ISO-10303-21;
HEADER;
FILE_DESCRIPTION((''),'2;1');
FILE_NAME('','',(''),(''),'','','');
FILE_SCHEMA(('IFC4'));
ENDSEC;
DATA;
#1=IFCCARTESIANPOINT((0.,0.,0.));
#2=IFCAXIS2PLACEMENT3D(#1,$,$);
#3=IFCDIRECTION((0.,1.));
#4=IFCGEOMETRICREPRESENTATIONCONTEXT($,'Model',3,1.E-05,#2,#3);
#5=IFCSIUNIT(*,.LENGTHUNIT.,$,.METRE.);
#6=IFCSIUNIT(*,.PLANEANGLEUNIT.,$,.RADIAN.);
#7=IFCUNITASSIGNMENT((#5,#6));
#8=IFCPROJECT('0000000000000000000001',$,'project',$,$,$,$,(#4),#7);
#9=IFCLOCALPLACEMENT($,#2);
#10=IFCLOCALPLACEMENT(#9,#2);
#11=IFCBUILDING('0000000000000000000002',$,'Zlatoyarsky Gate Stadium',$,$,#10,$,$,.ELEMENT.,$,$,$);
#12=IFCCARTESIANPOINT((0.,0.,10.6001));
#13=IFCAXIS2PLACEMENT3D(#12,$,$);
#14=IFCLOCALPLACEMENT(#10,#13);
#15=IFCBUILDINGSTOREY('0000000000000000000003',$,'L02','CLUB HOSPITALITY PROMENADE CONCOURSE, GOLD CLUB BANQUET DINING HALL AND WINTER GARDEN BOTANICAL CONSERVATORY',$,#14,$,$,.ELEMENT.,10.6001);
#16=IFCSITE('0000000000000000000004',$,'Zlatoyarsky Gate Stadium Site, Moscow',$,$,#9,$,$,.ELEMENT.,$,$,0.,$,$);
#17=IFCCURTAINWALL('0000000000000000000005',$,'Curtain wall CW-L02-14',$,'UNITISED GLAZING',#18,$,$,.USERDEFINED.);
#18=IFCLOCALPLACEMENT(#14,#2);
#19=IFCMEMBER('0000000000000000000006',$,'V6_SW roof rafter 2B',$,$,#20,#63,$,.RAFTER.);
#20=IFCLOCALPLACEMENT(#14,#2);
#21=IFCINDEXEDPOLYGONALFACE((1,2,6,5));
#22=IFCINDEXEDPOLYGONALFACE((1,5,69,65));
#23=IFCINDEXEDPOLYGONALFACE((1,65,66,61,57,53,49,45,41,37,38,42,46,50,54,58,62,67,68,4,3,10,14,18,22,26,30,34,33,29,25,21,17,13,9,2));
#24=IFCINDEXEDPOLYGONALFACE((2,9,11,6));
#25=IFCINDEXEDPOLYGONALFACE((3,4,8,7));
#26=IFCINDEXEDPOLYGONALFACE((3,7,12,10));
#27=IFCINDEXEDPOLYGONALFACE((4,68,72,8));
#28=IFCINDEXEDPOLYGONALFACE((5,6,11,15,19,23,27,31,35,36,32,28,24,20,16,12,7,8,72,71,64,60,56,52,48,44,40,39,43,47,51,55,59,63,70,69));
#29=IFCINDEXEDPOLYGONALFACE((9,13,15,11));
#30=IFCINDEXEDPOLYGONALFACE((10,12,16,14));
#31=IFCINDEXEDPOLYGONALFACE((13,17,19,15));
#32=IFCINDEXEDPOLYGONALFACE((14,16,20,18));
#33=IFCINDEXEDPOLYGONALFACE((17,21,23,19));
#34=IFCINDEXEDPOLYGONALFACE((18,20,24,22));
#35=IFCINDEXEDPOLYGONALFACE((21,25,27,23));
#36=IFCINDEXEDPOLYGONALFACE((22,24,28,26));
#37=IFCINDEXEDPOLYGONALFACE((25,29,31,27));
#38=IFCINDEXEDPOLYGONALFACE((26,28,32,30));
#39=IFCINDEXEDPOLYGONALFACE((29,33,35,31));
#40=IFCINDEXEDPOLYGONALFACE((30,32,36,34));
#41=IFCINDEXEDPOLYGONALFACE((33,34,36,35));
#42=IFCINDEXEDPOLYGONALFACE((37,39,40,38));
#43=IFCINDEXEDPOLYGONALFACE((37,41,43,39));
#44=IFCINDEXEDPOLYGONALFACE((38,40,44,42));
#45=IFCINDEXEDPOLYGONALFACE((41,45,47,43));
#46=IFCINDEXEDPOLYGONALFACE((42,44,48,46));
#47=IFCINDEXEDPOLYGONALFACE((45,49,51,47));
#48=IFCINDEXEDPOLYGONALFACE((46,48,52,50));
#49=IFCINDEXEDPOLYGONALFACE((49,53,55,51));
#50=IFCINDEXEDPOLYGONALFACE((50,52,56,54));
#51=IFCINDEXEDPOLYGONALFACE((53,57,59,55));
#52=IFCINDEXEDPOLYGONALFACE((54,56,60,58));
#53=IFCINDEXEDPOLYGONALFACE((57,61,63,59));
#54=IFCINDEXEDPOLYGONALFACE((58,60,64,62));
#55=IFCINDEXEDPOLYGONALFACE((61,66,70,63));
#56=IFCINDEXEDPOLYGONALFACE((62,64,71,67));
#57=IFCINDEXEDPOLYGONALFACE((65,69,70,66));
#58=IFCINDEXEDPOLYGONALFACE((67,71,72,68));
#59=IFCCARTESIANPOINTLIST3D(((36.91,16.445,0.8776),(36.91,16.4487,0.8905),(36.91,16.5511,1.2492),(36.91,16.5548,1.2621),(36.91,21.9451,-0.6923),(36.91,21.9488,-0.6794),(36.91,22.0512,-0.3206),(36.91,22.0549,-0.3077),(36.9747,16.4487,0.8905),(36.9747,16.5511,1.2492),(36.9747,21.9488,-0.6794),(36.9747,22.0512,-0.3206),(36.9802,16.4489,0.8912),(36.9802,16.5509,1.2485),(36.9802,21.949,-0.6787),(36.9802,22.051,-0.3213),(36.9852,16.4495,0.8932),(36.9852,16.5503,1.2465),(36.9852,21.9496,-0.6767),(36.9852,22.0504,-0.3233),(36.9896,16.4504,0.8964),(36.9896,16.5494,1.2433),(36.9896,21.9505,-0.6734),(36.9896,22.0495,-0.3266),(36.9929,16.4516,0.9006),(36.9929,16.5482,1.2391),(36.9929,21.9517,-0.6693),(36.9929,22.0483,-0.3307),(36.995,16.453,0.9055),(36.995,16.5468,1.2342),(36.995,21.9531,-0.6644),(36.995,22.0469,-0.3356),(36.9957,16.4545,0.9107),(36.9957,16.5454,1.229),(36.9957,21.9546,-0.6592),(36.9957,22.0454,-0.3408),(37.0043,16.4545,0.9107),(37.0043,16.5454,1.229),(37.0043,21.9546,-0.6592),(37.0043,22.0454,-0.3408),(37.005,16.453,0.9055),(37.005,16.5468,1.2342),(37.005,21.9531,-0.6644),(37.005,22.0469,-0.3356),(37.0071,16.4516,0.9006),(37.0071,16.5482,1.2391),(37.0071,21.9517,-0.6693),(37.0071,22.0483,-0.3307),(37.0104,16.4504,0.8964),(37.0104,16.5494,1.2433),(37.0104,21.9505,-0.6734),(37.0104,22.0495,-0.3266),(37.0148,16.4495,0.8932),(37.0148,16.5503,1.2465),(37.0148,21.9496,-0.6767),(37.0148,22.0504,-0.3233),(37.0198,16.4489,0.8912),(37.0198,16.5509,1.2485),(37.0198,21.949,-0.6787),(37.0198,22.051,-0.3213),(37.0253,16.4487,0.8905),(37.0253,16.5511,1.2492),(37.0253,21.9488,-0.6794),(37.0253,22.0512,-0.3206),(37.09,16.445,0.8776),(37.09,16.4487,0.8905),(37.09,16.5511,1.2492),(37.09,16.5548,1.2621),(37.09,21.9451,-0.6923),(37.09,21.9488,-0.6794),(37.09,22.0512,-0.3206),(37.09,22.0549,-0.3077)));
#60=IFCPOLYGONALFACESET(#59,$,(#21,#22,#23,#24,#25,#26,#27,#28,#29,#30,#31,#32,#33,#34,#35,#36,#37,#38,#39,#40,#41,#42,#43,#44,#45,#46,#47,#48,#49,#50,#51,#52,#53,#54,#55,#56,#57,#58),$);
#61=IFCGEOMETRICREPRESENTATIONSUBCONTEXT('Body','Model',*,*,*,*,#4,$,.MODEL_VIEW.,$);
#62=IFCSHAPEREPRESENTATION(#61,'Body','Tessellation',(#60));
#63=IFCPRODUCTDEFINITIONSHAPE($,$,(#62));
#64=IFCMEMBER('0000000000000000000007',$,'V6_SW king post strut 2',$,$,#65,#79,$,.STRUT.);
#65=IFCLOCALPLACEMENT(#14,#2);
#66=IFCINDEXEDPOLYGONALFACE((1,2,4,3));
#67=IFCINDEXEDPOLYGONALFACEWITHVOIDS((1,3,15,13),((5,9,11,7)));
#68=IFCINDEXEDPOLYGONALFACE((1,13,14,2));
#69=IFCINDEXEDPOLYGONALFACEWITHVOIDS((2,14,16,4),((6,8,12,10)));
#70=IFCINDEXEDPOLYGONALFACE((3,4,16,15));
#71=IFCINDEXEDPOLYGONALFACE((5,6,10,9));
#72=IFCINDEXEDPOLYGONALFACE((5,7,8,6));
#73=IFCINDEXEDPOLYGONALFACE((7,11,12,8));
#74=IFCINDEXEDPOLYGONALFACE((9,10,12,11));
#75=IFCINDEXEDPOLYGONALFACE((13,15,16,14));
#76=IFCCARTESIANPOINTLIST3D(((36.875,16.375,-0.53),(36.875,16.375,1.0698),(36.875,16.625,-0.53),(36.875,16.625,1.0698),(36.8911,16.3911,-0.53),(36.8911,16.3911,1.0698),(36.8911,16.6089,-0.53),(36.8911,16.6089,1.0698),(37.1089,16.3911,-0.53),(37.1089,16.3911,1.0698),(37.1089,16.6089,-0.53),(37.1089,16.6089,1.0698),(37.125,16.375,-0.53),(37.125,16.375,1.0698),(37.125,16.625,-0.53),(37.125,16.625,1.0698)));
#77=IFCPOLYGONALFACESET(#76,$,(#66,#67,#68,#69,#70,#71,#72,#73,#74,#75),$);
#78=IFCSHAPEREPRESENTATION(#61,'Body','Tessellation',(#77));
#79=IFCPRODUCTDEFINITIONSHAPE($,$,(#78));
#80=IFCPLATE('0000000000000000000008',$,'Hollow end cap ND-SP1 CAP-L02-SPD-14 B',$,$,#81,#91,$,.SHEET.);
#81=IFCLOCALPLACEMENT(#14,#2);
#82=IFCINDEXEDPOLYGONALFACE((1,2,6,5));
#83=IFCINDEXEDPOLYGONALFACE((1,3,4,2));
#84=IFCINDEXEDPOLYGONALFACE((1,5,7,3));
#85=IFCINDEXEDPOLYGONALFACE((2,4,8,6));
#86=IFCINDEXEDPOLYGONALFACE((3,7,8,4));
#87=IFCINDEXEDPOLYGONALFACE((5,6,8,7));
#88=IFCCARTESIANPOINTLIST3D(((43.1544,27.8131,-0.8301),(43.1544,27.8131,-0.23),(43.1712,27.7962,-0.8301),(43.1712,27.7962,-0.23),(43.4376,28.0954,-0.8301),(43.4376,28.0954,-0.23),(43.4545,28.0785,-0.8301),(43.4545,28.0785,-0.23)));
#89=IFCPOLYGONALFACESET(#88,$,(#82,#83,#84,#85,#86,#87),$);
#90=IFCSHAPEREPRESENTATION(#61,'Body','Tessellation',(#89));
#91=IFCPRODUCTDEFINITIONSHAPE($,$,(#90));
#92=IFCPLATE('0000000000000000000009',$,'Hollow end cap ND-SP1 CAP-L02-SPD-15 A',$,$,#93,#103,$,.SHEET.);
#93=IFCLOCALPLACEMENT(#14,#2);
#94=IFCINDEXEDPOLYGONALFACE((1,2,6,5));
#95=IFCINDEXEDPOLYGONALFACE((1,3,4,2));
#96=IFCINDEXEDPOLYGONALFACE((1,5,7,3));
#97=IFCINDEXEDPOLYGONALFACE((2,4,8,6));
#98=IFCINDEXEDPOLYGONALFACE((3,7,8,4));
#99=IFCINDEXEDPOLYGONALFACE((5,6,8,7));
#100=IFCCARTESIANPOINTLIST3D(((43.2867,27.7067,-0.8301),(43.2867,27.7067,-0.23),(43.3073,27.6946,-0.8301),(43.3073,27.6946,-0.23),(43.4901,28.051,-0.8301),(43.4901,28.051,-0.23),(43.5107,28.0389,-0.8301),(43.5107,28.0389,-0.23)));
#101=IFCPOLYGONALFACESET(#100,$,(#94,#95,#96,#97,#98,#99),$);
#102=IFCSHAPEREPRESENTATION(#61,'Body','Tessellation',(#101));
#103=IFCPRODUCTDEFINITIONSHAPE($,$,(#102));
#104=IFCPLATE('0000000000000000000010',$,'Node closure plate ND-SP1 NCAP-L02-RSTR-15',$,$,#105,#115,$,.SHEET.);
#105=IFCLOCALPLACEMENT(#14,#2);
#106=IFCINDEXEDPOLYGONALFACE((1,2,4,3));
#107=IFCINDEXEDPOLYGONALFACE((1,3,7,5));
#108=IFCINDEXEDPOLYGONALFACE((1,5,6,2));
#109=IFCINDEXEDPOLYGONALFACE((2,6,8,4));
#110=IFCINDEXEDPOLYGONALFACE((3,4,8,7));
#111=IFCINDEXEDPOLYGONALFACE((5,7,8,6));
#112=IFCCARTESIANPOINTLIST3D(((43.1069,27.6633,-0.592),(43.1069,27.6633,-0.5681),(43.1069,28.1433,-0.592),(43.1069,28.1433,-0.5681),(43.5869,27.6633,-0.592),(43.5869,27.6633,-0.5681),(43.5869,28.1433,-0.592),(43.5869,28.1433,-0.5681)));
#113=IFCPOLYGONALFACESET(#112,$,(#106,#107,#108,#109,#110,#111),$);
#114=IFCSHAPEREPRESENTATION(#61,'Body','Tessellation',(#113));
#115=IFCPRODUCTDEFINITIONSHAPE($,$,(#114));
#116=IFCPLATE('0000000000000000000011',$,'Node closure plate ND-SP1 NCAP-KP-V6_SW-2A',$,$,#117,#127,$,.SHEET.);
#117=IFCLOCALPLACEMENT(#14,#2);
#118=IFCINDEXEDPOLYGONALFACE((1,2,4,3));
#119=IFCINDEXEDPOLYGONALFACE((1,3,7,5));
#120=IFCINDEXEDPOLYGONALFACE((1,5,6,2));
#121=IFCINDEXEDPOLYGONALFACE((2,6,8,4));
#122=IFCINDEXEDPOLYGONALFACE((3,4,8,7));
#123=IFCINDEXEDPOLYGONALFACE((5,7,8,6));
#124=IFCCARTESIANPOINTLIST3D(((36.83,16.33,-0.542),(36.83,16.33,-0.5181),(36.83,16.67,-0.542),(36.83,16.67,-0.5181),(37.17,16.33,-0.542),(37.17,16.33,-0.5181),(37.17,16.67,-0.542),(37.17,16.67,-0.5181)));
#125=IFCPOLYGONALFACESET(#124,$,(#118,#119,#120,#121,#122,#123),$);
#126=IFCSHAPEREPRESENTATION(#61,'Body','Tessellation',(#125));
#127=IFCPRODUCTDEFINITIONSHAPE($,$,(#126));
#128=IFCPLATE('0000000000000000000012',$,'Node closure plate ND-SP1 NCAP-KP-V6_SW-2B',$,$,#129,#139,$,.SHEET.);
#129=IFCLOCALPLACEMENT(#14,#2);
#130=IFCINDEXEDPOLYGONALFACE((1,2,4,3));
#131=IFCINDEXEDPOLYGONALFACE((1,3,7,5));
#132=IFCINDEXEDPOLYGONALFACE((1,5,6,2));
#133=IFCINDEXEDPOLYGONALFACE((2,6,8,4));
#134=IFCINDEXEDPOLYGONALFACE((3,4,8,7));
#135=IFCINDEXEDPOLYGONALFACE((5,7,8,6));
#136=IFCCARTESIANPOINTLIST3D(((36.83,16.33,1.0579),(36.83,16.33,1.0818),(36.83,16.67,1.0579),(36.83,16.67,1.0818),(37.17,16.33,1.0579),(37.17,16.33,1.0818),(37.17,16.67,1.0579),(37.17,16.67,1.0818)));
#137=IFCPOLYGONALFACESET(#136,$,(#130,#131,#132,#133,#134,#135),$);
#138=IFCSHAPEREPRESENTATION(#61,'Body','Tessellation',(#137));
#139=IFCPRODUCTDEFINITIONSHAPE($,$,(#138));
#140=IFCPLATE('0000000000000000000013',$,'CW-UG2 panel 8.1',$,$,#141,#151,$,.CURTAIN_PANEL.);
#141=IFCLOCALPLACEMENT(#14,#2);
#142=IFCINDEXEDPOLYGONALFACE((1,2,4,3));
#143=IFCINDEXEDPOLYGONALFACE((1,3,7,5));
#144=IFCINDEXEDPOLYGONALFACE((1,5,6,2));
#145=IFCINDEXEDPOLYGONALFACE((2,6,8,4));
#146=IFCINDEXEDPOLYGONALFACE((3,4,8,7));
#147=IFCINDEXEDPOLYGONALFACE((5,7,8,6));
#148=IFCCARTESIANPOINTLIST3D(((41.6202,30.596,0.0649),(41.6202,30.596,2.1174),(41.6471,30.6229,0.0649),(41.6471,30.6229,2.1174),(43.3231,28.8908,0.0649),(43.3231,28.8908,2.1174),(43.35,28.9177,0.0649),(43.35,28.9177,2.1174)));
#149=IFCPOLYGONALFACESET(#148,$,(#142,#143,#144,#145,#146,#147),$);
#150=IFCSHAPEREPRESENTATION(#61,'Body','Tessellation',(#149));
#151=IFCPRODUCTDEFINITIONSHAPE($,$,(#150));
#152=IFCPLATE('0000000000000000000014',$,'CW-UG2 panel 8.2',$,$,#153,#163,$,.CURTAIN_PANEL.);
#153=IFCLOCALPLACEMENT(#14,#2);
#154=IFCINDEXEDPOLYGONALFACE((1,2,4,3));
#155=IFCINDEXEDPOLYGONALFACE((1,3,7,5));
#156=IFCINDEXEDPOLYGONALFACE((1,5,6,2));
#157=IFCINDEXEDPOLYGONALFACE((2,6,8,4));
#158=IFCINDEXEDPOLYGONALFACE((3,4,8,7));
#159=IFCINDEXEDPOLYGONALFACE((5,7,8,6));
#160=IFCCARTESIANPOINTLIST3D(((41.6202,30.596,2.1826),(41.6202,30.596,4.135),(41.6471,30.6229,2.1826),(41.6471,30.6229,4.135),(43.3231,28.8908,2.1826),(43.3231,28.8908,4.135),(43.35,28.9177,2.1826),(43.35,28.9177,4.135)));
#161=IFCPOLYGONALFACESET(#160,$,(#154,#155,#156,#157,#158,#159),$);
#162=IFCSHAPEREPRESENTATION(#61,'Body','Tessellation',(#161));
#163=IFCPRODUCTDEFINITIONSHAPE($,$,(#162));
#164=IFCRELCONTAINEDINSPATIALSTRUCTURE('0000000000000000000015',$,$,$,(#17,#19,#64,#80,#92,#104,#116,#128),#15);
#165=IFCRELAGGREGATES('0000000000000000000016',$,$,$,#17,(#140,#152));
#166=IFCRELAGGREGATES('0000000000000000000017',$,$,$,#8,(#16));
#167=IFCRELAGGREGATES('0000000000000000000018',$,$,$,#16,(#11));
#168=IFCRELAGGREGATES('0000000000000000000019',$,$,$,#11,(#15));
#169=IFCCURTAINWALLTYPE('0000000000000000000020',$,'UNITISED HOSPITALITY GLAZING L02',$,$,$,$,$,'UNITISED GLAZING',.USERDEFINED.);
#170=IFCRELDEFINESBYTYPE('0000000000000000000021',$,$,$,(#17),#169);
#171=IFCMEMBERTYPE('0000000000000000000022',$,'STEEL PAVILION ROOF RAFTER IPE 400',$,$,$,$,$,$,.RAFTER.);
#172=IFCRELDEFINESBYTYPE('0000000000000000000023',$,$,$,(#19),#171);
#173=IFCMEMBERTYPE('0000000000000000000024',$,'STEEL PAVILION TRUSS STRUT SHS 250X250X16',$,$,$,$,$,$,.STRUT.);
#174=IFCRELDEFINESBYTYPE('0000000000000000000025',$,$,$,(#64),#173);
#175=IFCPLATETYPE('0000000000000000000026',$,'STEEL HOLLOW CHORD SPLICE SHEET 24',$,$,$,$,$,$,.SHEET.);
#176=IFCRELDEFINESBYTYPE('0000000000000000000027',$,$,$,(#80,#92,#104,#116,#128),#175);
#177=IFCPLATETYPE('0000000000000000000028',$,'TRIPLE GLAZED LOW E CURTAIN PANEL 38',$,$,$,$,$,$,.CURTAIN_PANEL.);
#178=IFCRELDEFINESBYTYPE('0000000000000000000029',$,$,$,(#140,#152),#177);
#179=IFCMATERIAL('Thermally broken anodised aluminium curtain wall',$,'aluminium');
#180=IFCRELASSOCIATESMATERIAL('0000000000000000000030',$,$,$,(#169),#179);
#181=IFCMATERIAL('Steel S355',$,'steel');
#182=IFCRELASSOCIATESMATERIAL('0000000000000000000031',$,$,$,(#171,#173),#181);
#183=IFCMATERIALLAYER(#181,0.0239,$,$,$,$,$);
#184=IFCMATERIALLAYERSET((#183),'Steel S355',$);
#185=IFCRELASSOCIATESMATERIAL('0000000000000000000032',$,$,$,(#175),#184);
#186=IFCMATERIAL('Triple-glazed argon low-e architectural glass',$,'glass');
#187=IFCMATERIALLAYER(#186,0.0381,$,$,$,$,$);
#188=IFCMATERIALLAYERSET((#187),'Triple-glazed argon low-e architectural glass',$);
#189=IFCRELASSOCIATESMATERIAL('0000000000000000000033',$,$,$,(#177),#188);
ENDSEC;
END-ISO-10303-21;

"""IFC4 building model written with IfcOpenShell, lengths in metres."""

from ifc_helpers import new_model, si_unit, direction, frame, origin, origin_2d, place, context, subcontext, project, spatial, rectangle, hollow_rectangle, i_section, extrude, material, layer, layer_set, material_profile, profile_set, type_object, element, aggregate, save


model = new_model("IFC4")

# Units and contexts
model_context = context("Model", 3, precision=1e-05, world=origin(), true_north=direction((0.0, 1.0)))
body_context = subcontext(model_context, "Body", "Model", "MODEL_VIEW")
ifc_project = project(units=[si_unit("LENGTHUNIT", "METRE"), si_unit("PLANEANGLEUNIT", "RADIAN")], contexts=[model_context])

# Site, building, storey
site_placement = place(None, origin())
site = spatial("IfcSite", under=ifc_project, at=site_placement, Name="Zlatoyarsky Gate Stadium Site, Moscow", CompositionType="ELEMENT", RefElevation=0.0)
building_placement = place(site_placement, origin())
building = spatial("IfcBuilding", under=site, at=building_placement, Name="Zlatoyarsky Gate Stadium", CompositionType="ELEMENT")
storey_placement = place(building_placement, frame((0.0, 0.0, 10.6001)))
storey = spatial("IfcBuildingStorey", under=building, at=storey_placement, Name="L02", Description="CLUB HOSPITALITY PROMENADE CONCOURSE, GOLD CLUB BANQUET DINING HALL AND WINTER GARDEN BOTANICAL CONSERVATORY", CompositionType="ELEMENT", Elevation=10.6001)

# Curtain wall
ifc_material_1 = material(Name="Thermally broken anodised aluminium curtain wall", Category="aluminium")
curtain_wall_type = type_object("IfcCurtainWallType", Name="UNITISED HOSPITALITY GLAZING L02", ElementType="UNITISED GLAZING", PredefinedType="USERDEFINED", material=ifc_material_1)
curtain_wall_1_placement = place(storey_placement, origin())
curtain_wall_1 = element("IfcCurtainWall", 1, at=curtain_wall_1_placement, inside=storey, type_object=curtain_wall_type, Name="Curtain wall CW-L02-14", ObjectType="UNITISED GLAZING", PredefinedType="USERDEFINED")

# Shared definitions
ifc_material_2 = material(Name="Steel S355", Category="steel")

# Members
ifc_material_profile_1 = material_profile(ifc_material_2, i_section(OverallWidth=0.1799, OverallDepth=0.3999, WebThickness=0.0085, FlangeThickness=0.0134, FilletRadius=0.021, at=origin_2d()), Name="IPE 400")
ifc_profile_set_1 = profile_set([ifc_material_profile_1], Name="Steel S355")
member_type_1 = type_object("IfcMemberType", Name="STEEL PAVILION ROOF RAFTER IPE 400", PredefinedType="RAFTER", material=ifc_profile_set_1)
for number, where, z_axis, x_axis, name in (
    (2, (37.0, 22.0, -0.5), (0.0, -0.961598, 0.274462), (1.0, 0.0, 0.0), "V6_SW roof rafter 2B"),
):
    element("IfcMember", number, at=place(storey_placement, frame(where, z_axis=z_axis, x_axis=x_axis)), inside=storey, type_object=member_type_1, Name=name, PredefinedType="RAFTER", context=body_context, shape_type="SweptSolid", body=[
        extrude(i_section(OverallWidth=0.1799, OverallDepth=0.3999, WebThickness=0.0085, FlangeThickness=0.0134, FilletRadius=0.021, at=origin_2d()), origin(), (0.0, 0.0, 1.0), 5.7197),
    ])
ifc_material_profile_2 = material_profile(ifc_material_2, hollow_rectangle(XDim=0.25, YDim=0.25, WallThickness=0.0161, at=origin_2d()), Name="SHS 250X250X16")
ifc_profile_set_2 = profile_set([ifc_material_profile_2], Name="Steel S355")
member_type_2 = type_object("IfcMemberType", Name="STEEL PAVILION TRUSS STRUT SHS 250X250X16", PredefinedType="STRUT", material=ifc_profile_set_2)
member_1_placement = place(storey_placement, frame((37.0, 16.5, -0.53), z_axis=(0.0, 0.0, 1.0), x_axis=(1.0, 0.0, 0.0)))
element("IfcMember", 3, at=member_1_placement, inside=storey, type_object=member_type_2, Name="V6_SW king post strut 2", PredefinedType="STRUT", context=body_context, shape_type="SweptSolid", body=[
    extrude(hollow_rectangle(XDim=0.25, YDim=0.25, WallThickness=0.0161, at=origin_2d()), origin(), (0.0, 0.0, 1.0), 1.5999),
])

# Plates
ifc_layer_1 = layer(ifc_material_2, 0.0239)
ifc_layer_set_1 = layer_set([ifc_layer_1], Name="Steel S355")
plate_type_1 = type_object("IfcPlateType", Name="STEEL HOLLOW CHORD SPLICE SHEET 24", PredefinedType="SHEET", material=ifc_layer_set_1)
for number, where, z_axis, x_axis, name in (
    (4, (43.3044, 27.9458, -0.8301), (0.0, 0.0, 1.0), (0.70585, -0.708361, 0.0), "Hollow end cap ND-SP1 CAP-L02-SPD-14 B"),
    (5, (43.3987, 27.8728, -0.8301), (0.0, 0.0, 1.0), (0.860935, -0.508716, 0.0), "Hollow end cap ND-SP1 CAP-L02-SPD-15 A"),
):
    element("IfcPlate", number, at=place(storey_placement, frame(where, z_axis=z_axis, x_axis=x_axis)), inside=storey, type_object=plate_type_1, Name=name, PredefinedType="SHEET", context=body_context, shape_type="SweptSolid", body=[
        extrude(rectangle(XDim=0.0239, YDim=0.3999, at=origin_2d()), origin(), (0.0, 0.0, 1.0), 0.6001),
    ])
plate_1_placement = place(storey_placement, frame((43.3469, 27.9033, -0.592), z_axis=(0.0, 0.0, 1.0), x_axis=(1.0, 0.0, 0.0)))
element("IfcPlate", 6, at=plate_1_placement, inside=storey, type_object=plate_type_1, Name="Node closure plate ND-SP1 NCAP-L02-RSTR-15", PredefinedType="SHEET", context=body_context, shape_type="SweptSolid", body=[
    extrude(rectangle(XDim=0.48, YDim=0.48, at=origin_2d()), origin(), (0.0, 0.0, 1.0), 0.0239),
])
for number, where, z_axis, x_axis, name in (
    (7, (37.0, 16.5, -0.542), (0.0, 0.0, 1.0), (1.0, 0.0, 0.0), "Node closure plate ND-SP1 NCAP-KP-V6_SW-2A"),
    (8, (37.0, 16.5, 1.0579), (0.0, 0.0, 1.0), (1.0, 0.0, 0.0), "Node closure plate ND-SP1 NCAP-KP-V6_SW-2B"),
):
    element("IfcPlate", number, at=place(storey_placement, frame(where, z_axis=z_axis, x_axis=x_axis)), inside=storey, type_object=plate_type_1, Name=name, PredefinedType="SHEET", context=body_context, shape_type="SweptSolid", body=[
        extrude(rectangle(XDim=0.3401, YDim=0.3401, at=origin_2d()), origin(), (0.0, 0.0, 1.0), 0.0239),
    ])

# Plates
ifc_material_3 = material(Name="Triple-glazed argon low-e architectural glass", Category="glass")
ifc_layer_2 = layer(ifc_material_3, 0.0381)
ifc_layer_set_2 = layer_set([ifc_layer_2], Name="Triple-glazed argon low-e architectural glass")
plate_type_2 = type_object("IfcPlateType", Name="TRIPLE GLAZED LOW E CURTAIN PANEL 38", PredefinedType="CURTAIN_PANEL", material=ifc_layer_set_2)
plate_2_placement = place(storey_placement, frame((42.4851, 29.7568, 0.0649), z_axis=(0.0, 0.0, 1.0), x_axis=(0.706626, -0.707588, 0.0)))
plate_2 = element("IfcPlate", 9, at=plate_2_placement, type_object=plate_type_2, Name="CW-UG2 panel 8.1", PredefinedType="CURTAIN_PANEL", context=body_context, shape_type="SweptSolid", body=[
    extrude(rectangle(XDim=2.4099, YDim=0.0381, at=origin_2d()), origin(), (0.0, 0.0, 1.0), 2.0525),
])
plate_3_placement = place(storey_placement, frame((42.4851, 29.7568, 2.1826), z_axis=(0.0, 0.0, 1.0), x_axis=(0.706626, -0.707588, 0.0)))
plate_3 = element("IfcPlate", 10, at=plate_3_placement, type_object=plate_type_2, Name="CW-UG2 panel 8.2", PredefinedType="CURTAIN_PANEL", context=body_context, shape_type="SweptSolid", body=[
    extrude(rectangle(XDim=2.4099, YDim=0.0381, at=origin_2d()), origin(), (0.0, 0.0, 1.0), 1.9524),
])
aggregate(curtain_wall_1, [plate_2, plate_3])

save(model, "model.ifc")
